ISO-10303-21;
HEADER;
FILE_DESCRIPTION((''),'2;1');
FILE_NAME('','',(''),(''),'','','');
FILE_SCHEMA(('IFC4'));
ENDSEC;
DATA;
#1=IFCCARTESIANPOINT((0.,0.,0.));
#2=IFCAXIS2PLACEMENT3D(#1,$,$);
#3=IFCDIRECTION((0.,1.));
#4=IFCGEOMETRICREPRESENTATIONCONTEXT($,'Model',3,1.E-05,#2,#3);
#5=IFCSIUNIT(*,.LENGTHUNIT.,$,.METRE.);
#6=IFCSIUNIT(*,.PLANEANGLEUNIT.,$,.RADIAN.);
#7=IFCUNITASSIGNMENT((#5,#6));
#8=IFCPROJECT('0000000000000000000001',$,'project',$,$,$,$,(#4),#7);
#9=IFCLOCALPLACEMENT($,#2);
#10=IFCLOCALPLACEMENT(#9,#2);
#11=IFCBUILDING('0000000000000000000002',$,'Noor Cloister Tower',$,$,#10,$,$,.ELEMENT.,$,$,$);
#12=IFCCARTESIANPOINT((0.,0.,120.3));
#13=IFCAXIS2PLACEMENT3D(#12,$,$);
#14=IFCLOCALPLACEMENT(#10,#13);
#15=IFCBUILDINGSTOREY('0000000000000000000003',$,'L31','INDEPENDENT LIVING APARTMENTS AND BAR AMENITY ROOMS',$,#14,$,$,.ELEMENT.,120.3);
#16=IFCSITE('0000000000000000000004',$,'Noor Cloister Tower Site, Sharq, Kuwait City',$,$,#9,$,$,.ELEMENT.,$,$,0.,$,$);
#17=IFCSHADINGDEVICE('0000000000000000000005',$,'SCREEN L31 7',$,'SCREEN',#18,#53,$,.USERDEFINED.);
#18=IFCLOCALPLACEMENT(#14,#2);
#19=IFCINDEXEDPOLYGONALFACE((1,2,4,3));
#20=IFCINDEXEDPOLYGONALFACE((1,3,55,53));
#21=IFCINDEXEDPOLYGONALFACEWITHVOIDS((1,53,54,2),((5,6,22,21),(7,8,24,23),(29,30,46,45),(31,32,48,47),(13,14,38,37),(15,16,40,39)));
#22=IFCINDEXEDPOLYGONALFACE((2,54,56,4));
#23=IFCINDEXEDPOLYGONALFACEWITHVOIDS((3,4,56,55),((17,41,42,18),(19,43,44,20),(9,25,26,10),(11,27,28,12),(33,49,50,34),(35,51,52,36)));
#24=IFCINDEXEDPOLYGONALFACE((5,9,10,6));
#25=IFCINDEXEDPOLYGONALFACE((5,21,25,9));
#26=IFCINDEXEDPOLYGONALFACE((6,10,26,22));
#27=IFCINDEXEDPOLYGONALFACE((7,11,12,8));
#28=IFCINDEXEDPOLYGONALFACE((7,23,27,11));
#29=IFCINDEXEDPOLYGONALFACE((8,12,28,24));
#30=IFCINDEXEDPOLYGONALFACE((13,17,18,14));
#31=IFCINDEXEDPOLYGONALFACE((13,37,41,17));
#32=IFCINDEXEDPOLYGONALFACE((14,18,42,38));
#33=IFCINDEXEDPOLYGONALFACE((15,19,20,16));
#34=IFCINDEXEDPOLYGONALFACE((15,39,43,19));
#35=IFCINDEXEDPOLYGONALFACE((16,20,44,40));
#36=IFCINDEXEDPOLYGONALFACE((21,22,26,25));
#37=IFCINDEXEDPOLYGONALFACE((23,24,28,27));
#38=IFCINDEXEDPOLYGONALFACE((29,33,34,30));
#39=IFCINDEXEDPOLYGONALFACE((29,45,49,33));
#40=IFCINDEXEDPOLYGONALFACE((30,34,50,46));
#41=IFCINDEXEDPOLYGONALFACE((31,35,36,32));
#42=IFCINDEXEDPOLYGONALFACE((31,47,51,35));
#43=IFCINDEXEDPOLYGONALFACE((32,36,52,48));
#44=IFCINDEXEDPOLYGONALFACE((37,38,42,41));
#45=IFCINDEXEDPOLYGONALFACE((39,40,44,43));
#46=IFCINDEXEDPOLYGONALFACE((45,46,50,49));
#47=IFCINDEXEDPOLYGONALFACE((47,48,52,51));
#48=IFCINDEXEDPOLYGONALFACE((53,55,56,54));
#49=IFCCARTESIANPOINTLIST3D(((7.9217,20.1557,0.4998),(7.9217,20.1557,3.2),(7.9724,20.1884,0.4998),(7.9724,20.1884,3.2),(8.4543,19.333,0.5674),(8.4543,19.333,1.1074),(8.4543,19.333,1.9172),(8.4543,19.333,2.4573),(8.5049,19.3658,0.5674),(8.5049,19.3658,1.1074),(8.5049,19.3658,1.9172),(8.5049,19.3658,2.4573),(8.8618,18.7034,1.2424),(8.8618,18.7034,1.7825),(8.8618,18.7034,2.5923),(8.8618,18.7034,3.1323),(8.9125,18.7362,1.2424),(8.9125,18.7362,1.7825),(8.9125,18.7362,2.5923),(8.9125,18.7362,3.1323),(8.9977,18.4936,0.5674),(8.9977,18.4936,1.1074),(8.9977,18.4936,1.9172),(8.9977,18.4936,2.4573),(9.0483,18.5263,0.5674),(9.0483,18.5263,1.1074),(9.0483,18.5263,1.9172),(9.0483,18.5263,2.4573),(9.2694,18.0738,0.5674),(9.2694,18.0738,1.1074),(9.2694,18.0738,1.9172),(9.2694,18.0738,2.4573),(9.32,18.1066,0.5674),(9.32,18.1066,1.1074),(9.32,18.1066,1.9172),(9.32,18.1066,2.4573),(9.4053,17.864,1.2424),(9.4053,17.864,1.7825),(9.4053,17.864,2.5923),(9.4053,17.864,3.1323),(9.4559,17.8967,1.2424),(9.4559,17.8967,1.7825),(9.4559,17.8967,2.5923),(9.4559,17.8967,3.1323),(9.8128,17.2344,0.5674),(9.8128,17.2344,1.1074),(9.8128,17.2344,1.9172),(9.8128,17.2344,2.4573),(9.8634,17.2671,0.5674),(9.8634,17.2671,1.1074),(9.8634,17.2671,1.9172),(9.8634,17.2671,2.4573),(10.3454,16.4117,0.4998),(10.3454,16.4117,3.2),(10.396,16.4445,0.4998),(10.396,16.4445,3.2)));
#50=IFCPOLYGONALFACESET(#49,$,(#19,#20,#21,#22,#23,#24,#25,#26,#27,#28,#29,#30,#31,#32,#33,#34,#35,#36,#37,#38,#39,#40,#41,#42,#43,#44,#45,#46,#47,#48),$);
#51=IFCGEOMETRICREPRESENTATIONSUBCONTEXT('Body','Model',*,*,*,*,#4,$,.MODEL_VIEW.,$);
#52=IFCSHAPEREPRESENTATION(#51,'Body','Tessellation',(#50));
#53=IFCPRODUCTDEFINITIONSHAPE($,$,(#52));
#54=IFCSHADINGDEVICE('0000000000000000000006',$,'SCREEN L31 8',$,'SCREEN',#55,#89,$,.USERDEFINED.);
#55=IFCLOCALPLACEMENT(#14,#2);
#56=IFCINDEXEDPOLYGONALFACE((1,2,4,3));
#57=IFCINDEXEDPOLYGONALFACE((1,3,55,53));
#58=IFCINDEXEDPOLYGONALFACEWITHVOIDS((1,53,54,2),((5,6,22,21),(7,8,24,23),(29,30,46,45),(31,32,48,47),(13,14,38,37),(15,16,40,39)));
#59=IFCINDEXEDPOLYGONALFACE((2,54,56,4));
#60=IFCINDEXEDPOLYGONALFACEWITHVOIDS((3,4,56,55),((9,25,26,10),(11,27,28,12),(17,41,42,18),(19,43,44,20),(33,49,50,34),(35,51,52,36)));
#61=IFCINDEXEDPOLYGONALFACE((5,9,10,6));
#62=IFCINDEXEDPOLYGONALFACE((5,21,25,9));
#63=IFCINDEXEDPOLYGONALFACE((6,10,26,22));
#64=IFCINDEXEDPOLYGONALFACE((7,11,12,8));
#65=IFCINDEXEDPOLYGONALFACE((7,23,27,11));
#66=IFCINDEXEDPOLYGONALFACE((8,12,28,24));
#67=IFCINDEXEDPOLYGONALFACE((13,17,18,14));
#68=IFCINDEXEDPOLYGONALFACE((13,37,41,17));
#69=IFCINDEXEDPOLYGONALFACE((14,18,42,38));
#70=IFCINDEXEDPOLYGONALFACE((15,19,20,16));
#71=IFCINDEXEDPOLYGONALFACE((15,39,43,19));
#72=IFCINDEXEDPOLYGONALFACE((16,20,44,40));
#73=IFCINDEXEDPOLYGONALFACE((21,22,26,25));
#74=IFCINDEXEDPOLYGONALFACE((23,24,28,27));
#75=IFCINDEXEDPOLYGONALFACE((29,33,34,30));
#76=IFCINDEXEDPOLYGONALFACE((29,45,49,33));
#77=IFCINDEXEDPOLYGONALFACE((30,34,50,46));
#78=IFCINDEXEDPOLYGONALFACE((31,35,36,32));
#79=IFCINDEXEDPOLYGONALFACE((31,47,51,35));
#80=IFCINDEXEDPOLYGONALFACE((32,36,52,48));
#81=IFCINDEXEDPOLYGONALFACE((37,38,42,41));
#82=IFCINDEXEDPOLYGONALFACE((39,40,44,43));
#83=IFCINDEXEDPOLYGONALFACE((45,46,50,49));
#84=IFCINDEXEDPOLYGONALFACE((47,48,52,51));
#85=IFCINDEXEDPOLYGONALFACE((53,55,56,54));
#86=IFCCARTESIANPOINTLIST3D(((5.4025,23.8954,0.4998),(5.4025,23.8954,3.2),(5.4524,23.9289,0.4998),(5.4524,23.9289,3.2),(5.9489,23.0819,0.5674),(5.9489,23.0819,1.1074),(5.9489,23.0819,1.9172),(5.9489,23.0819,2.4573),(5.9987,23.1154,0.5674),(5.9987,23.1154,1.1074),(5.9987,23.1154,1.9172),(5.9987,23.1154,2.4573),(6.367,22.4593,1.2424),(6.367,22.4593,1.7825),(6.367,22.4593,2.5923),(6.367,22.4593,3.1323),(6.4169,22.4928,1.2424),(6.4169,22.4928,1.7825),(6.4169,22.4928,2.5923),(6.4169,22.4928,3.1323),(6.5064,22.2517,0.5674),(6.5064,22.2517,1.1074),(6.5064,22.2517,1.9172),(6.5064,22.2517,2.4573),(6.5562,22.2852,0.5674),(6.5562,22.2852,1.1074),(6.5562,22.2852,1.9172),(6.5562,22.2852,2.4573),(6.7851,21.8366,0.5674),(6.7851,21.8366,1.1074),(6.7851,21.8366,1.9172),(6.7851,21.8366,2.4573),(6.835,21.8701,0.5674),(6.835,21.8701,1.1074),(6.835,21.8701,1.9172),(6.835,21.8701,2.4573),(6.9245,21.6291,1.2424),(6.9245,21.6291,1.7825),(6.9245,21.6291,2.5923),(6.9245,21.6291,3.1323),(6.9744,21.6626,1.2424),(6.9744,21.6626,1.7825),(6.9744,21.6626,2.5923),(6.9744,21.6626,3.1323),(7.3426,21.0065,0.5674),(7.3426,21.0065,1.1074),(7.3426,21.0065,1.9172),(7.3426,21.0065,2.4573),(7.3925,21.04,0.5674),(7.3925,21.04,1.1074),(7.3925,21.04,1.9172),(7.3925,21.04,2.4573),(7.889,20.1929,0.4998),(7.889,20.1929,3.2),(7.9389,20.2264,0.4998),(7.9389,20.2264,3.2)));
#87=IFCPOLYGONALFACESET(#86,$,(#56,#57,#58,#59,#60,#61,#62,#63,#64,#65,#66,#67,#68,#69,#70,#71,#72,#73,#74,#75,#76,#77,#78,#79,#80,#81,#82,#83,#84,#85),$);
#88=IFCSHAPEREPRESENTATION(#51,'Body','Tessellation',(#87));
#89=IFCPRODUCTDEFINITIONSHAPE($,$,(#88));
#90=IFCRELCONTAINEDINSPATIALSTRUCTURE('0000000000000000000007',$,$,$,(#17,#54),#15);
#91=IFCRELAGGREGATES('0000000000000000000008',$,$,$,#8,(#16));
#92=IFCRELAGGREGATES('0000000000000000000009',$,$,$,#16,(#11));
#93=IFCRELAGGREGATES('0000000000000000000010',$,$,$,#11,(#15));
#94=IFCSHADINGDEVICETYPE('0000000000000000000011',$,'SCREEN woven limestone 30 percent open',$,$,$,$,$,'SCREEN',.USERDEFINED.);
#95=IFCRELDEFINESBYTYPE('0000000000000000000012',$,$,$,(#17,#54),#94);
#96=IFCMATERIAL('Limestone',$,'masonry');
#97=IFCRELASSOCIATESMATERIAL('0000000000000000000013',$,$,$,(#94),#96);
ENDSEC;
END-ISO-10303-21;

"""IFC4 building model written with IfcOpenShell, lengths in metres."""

from ifc_helpers import new_model, si_unit, direction, frame, origin, place, context, subcontext, project, spatial, polyline, outline, extrude, material, material_profile, profile_set, type_object, element, save


model = new_model("IFC4")

# Units and contexts
model_context = context("Model", 3, precision=1e-05, world=origin(), true_north=direction((0.0, 1.0)))
body_context = subcontext(model_context, "Body", "Model", "MODEL_VIEW")
ifc_project = project(units=[si_unit("LENGTHUNIT", "METRE"), si_unit("PLANEANGLEUNIT", "RADIAN")], contexts=[model_context])

# Site, building, storey
site_placement = place(None, origin())
site = spatial("IfcSite", under=ifc_project, at=site_placement, Name="Noor Cloister Tower Site, Sharq, Kuwait City", CompositionType="ELEMENT", RefElevation=0.0)
building_placement = place(site_placement, origin())
building = spatial("IfcBuilding", under=site, at=building_placement, Name="Noor Cloister Tower", CompositionType="ELEMENT")
storey_placement = place(building_placement, frame((0.0, 0.0, 120.3)))
storey = spatial("IfcBuildingStorey", under=building, at=storey_placement, Name="L31", Description="INDEPENDENT LIVING APARTMENTS AND BAR AMENITY ROOMS", CompositionType="ELEMENT", Elevation=120.3)

# Shading devices
ifc_material_1 = material(Name="Limestone", Category="masonry")
ifc_material_profile_1 = material_profile(ifc_material_1, outline(polyline([(-2.23, -1.3501), (2.23, -1.3501), (2.23, 1.3501), (-2.23, 1.3501), (-2.23, -1.3501)]), holes=[polyline([(-1.25, -1.2825), (-0.25, -1.2825), (-0.25, -0.7424), (-1.25, -0.7424), (-1.25, -1.2825)]), polyline([(0.25, -1.2825), (1.25, -1.2825), (1.25, -0.7424), (0.25, -0.7424), (0.25, -1.2825)]), polyline([(-0.5, -0.6074), (0.5, -0.6074), (0.5, -0.0674), (-0.5, -0.0674), (-0.5, -0.6074)]), polyline([(-1.25, 0.0674), (-0.25, 0.0674), (-0.25, 0.6074), (-1.25, 0.6074), (-1.25, 0.0674)]), polyline([(0.25, 0.0674), (1.25, 0.0674), (1.25, 0.6074), (0.25, 0.6074), (0.25, 0.0674)]), polyline([(-0.5, 0.7424), (0.5, 0.7424), (0.5, 1.2825), (-0.5, 1.2825), (-0.5, 0.7424)])]), Name="Woven screen 30 percent open")
ifc_profile_set_1 = profile_set([ifc_material_profile_1], Name="Limestone")
shading_device_type = type_object("IfcShadingDeviceType", Name="SCREEN woven limestone 30 percent open", ElementType="SCREEN", PredefinedType="USERDEFINED", material=ifc_profile_set_1)
shading_device_1_placement = place(storey_placement, frame((9.1335, 18.2837, 1.8499), z_axis=(0.839461, 0.543419, 0.0), x_axis=(-0.543419, 0.839461, 0.0)))
element("IfcShadingDevice", 1, at=shading_device_1_placement, inside=storey, type_object=shading_device_type, Name="SCREEN L31 7", ObjectType="SCREEN", PredefinedType="USERDEFINED", context=body_context, shape_type="SweptSolid", body=[
    extrude(outline(polyline([(-2.23, -1.3501), (2.23, -1.3501), (2.23, 1.3501), (-2.23, 1.3501), (-2.23, -1.3501)]), holes=[polyline([(-1.25, -1.2825), (-0.25, -1.2825), (-0.25, -0.7424), (-1.25, -0.7424), (-1.25, -1.2825)]), polyline([(0.25, -1.2825), (1.25, -1.2825), (1.25, -0.7424), (0.25, -0.7424), (0.25, -1.2825)]), polyline([(-0.5, -0.6074), (0.5, -0.6074), (0.5, -0.0674), (-0.5, -0.0674), (-0.5, -0.6074)]), polyline([(-1.25, 0.0674), (-0.25, 0.0674), (-0.25, 0.6074), (-1.25, 0.6074), (-1.25, 0.0674)]), polyline([(0.25, 0.0674), (1.25, 0.0674), (1.25, 0.6074), (0.25, 0.6074), (0.25, 0.0674)]), polyline([(-0.5, 0.7424), (0.5, 0.7424), (0.5, 1.2825), (-0.5, 1.2825), (-0.5, 0.7424)])]), origin(), (0.0, 0.0, 1.0), 0.0603),
])
shading_device_2_placement = place(storey_placement, frame((6.6458, 22.0442, 1.8499), z_axis=(0.830167, 0.557514, 0.0), x_axis=(-0.557514, 0.830167, 0.0)))
element("IfcShadingDevice", 2, at=shading_device_2_placement, inside=storey, type_object=shading_device_type, Name="SCREEN L31 8", ObjectType="SCREEN", PredefinedType="USERDEFINED", context=body_context, shape_type="SweptSolid", body=[
    extrude(outline(polyline([(-2.23, -1.3501), (2.23, -1.3501), (2.23, 1.3501), (-2.23, 1.3501), (-2.23, -1.3501)]), holes=[polyline([(-1.25, -1.2825), (-0.25, -1.2825), (-0.25, -0.7424), (-1.25, -0.7424), (-1.25, -1.2825)]), polyline([(0.25, -1.2825), (1.25, -1.2825), (1.25, -0.7424), (0.25, -0.7424), (0.25, -1.2825)]), polyline([(-0.5, -0.6074), (0.5, -0.6074), (0.5, -0.0674), (-0.5, -0.0674), (-0.5, -0.6074)]), polyline([(-1.25, 0.0674), (-0.25, 0.0674), (-0.25, 0.6074), (-1.25, 0.6074), (-1.25, 0.0674)]), polyline([(0.25, 0.0674), (1.25, 0.0674), (1.25, 0.6074), (0.25, 0.6074), (0.25, 0.0674)]), polyline([(-0.5, 0.7424), (0.5, 0.7424), (0.5, 1.2825), (-0.5, 1.2825), (-0.5, 0.7424)])]), origin(), (0.0, 0.0, 1.0), 0.0601),
])

save(model, "model.ifc")
